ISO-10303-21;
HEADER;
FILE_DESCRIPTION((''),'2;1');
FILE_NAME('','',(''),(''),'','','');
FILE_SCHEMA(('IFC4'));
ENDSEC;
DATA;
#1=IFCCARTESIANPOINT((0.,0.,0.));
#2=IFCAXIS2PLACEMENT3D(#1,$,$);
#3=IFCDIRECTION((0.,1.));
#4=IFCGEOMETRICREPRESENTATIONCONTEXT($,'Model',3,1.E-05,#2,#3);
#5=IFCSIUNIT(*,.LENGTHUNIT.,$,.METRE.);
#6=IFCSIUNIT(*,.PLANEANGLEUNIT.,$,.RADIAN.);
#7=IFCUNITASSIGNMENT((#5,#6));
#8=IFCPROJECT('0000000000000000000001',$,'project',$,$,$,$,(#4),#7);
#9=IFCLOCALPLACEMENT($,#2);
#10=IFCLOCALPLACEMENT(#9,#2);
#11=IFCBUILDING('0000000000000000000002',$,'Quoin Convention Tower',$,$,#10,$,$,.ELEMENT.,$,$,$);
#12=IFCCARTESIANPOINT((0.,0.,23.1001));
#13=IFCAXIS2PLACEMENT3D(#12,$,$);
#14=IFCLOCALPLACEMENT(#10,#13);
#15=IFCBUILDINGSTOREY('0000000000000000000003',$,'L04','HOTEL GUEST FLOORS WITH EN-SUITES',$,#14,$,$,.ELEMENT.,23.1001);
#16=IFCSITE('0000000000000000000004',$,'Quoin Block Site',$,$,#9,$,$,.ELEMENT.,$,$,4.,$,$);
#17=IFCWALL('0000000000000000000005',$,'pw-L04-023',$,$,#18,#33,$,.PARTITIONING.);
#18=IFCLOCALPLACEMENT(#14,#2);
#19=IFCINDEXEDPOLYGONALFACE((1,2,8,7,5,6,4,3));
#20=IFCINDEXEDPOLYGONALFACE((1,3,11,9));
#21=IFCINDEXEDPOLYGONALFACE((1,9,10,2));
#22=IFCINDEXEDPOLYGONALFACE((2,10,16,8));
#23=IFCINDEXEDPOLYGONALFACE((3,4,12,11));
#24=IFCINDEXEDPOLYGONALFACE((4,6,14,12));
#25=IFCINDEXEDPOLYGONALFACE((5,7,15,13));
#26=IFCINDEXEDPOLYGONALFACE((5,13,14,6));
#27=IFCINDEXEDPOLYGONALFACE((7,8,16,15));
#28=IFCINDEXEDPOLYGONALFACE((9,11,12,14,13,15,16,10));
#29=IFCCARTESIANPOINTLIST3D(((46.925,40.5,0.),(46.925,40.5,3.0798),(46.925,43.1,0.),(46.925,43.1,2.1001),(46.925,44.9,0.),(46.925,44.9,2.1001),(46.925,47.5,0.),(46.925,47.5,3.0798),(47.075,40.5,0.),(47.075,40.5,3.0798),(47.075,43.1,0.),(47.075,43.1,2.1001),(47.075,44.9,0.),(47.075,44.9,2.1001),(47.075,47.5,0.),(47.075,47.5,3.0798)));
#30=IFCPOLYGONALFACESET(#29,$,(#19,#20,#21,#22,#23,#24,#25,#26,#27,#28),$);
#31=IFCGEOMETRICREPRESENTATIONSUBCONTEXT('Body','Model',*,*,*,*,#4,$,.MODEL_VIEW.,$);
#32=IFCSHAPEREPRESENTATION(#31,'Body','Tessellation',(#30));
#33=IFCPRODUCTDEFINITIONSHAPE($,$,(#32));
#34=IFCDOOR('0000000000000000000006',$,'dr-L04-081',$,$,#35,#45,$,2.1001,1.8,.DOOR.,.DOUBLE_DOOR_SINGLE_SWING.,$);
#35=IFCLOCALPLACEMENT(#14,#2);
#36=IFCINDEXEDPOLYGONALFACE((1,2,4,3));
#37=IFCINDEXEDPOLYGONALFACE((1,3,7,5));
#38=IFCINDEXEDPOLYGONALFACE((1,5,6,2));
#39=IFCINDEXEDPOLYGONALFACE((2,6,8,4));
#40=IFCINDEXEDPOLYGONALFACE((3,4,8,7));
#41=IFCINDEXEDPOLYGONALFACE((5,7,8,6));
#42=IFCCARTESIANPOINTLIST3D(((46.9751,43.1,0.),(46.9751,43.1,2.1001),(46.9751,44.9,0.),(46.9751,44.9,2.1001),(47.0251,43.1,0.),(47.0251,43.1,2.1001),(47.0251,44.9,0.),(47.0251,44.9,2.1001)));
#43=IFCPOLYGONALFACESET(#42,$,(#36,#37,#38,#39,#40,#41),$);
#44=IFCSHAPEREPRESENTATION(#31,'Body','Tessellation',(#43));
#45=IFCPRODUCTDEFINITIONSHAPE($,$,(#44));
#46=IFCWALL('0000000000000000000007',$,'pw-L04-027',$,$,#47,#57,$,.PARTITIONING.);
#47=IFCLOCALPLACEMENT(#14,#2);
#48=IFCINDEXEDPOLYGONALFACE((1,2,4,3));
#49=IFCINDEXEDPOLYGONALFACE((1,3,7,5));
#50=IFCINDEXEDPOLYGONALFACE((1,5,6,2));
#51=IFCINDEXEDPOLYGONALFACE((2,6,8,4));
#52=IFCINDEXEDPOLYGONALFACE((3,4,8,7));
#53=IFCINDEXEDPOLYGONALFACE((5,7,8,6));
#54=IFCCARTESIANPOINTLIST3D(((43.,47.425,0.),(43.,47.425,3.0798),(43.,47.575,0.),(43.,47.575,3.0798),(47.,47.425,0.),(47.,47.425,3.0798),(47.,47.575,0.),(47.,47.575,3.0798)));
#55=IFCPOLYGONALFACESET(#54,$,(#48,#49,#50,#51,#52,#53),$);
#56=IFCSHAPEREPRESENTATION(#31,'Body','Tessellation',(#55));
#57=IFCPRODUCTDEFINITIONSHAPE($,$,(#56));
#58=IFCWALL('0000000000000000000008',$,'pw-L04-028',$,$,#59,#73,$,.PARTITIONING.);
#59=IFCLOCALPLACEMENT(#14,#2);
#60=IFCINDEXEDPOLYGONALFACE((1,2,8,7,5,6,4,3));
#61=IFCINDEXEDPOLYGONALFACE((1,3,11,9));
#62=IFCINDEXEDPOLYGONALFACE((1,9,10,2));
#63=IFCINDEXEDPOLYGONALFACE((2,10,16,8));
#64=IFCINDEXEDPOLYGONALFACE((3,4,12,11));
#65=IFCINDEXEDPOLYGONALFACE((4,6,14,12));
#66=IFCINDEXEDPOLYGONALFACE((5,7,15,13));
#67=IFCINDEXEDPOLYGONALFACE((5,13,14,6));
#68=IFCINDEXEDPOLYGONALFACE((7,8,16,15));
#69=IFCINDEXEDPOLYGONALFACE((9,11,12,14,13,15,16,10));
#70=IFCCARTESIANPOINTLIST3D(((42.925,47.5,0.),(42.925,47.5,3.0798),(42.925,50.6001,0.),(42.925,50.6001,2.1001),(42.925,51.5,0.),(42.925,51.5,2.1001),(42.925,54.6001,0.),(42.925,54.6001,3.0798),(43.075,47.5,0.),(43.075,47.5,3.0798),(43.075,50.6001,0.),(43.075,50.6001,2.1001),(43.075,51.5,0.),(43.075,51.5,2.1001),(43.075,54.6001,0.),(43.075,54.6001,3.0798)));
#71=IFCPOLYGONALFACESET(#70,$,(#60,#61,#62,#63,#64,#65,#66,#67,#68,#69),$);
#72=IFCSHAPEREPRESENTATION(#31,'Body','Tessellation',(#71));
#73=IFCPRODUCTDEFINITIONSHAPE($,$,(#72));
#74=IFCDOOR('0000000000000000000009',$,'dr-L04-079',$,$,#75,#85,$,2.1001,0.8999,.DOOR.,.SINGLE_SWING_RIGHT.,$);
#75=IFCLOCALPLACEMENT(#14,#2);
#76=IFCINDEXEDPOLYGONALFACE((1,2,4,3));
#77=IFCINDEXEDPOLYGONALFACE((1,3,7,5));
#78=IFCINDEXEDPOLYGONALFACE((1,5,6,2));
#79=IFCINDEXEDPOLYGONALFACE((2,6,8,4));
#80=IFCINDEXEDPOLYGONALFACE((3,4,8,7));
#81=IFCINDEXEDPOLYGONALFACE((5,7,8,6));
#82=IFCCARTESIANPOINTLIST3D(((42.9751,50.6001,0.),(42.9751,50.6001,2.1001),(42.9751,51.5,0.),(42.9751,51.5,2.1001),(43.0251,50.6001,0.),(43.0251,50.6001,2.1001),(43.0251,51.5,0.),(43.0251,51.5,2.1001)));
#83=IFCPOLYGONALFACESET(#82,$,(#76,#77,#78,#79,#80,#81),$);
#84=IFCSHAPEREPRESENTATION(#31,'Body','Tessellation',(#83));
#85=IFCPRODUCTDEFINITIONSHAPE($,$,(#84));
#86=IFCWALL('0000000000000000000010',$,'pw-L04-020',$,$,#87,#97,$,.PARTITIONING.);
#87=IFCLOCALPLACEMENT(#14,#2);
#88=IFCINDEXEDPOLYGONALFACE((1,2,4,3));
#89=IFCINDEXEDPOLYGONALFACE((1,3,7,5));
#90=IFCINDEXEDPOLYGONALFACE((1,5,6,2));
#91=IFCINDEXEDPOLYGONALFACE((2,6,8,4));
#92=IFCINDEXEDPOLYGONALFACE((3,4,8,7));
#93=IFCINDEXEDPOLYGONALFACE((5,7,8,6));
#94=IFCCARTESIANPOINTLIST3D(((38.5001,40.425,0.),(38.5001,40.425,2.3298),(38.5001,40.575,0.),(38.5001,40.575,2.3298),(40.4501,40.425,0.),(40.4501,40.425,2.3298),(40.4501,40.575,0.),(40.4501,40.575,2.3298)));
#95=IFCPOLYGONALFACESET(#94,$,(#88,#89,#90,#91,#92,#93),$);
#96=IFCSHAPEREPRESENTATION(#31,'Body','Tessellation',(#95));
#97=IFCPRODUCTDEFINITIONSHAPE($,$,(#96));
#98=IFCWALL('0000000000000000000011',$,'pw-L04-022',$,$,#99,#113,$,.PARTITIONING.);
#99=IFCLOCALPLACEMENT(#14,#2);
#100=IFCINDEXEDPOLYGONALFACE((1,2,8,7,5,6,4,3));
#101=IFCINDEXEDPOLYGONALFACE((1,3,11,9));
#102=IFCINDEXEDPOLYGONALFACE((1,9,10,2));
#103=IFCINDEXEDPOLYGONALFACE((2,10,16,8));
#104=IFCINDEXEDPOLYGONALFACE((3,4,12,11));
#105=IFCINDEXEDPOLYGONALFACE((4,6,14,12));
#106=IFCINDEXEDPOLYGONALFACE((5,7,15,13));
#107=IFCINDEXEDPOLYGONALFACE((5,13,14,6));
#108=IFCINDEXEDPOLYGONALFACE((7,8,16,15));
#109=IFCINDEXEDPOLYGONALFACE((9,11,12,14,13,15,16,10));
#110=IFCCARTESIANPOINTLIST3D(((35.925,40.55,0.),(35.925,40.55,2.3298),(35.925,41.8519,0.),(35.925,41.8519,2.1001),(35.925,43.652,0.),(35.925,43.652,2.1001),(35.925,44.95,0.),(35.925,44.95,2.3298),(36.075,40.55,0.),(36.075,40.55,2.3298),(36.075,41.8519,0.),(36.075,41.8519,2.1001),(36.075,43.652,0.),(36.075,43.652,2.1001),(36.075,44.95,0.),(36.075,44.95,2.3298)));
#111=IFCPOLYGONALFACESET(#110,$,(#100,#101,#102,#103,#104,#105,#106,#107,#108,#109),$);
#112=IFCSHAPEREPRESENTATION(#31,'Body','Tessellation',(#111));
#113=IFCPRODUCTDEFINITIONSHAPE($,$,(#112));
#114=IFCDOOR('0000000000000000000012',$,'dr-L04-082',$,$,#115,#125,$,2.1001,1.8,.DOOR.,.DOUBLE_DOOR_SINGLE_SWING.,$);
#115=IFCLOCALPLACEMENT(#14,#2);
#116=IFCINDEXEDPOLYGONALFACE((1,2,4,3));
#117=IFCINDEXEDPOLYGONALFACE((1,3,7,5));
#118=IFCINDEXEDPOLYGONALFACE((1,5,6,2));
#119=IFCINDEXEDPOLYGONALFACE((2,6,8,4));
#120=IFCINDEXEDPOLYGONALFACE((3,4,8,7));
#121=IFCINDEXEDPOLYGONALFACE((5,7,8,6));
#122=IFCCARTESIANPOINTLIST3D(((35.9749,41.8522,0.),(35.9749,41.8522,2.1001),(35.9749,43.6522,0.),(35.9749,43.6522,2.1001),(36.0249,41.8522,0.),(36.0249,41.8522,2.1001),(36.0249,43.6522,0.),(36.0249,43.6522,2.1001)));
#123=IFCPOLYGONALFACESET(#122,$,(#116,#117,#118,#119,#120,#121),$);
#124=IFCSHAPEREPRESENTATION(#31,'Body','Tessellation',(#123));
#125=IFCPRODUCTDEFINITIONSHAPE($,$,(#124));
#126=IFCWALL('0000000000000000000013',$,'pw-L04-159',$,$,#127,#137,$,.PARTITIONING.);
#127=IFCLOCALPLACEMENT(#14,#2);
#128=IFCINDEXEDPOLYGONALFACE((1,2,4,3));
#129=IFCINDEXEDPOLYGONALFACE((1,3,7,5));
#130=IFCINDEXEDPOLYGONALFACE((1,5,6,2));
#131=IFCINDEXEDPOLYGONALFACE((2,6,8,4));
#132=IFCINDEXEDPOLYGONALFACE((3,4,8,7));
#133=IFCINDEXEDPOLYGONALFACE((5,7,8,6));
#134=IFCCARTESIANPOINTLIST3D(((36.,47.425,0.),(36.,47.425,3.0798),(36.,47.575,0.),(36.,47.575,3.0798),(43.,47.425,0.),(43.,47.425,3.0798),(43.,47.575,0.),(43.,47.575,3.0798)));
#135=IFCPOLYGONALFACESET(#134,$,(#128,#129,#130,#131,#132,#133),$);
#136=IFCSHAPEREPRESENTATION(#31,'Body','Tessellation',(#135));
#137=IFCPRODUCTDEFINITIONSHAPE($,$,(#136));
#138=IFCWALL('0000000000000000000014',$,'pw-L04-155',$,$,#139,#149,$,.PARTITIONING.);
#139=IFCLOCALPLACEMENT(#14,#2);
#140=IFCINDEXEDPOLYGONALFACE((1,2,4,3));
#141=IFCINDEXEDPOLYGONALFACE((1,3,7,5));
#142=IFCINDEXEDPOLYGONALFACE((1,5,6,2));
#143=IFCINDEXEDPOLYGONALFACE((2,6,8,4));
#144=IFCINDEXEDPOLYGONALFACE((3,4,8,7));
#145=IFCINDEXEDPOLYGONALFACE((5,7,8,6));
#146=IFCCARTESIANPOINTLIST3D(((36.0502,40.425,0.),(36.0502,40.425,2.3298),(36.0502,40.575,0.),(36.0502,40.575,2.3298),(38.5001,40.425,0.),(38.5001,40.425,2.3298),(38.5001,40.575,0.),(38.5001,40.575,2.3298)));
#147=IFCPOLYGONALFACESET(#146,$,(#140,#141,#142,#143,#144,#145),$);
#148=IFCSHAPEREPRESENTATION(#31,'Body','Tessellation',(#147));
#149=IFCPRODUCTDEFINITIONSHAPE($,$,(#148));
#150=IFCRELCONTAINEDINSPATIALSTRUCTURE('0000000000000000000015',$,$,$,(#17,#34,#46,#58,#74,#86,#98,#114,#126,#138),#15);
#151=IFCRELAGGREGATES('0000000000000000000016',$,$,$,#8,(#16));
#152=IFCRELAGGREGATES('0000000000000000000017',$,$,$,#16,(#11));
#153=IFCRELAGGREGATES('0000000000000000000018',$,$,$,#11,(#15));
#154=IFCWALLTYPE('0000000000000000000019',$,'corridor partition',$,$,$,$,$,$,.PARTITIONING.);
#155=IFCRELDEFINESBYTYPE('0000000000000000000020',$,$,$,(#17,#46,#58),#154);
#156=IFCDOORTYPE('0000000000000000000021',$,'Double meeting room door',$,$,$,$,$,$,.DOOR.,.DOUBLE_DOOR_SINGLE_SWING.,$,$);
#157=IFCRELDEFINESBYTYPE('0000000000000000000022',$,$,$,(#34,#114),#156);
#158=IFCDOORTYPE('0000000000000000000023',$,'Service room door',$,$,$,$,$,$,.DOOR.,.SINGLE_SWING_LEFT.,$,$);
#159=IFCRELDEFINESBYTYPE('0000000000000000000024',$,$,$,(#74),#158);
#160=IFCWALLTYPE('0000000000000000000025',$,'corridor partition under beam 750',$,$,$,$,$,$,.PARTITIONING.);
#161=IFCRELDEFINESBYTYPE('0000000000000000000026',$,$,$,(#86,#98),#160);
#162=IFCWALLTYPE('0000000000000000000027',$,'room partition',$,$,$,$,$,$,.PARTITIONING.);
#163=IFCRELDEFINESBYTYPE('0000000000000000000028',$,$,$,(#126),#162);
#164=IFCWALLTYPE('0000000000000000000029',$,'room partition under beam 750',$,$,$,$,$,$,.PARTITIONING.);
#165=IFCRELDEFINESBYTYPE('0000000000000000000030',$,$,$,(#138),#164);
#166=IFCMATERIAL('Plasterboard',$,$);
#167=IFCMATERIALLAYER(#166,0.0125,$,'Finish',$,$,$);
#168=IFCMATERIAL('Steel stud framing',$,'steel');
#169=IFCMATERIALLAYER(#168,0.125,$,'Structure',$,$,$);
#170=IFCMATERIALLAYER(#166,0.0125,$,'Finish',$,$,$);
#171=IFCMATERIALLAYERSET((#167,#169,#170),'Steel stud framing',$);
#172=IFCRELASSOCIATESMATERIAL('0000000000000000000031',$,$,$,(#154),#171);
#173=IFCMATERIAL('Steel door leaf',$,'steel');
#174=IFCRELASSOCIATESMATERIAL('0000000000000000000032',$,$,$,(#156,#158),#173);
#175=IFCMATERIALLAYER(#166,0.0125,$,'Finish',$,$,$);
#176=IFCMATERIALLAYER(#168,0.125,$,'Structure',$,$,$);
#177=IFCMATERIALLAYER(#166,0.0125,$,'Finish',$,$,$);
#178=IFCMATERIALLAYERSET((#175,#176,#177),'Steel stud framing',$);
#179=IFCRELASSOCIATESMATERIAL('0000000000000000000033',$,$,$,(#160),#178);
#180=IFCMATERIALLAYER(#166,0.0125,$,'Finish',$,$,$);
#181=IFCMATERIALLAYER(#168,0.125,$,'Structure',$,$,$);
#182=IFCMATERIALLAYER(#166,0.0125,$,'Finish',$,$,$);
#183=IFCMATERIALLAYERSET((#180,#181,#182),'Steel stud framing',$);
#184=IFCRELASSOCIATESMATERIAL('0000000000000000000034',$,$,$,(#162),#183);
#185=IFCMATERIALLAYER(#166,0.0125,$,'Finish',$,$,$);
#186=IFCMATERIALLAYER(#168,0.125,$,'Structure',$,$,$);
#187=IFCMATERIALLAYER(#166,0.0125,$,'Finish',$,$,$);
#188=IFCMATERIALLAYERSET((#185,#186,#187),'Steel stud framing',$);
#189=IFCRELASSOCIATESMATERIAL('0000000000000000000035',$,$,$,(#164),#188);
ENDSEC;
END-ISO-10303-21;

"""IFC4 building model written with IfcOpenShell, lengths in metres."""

from ifc_helpers import new_model, si_unit, direction, frame, frame_2d, origin, place, context, subcontext, project, spatial, rectangle, extrude, material, layer, layer_set, type_object, element, fill, save


model = new_model("IFC4")

# Units and contexts
model_context = context("Model", 3, precision=1e-05, world=origin(), true_north=direction((0.0, 1.0)))
body_context = subcontext(model_context, "Body", "Model", "MODEL_VIEW")
ifc_project = project(units=[si_unit("LENGTHUNIT", "METRE"), si_unit("PLANEANGLEUNIT", "RADIAN")], contexts=[model_context])

# Site, building, storey
site_placement = place(None, origin())
site = spatial("IfcSite", under=ifc_project, at=site_placement, Name="Quoin Block Site", CompositionType="ELEMENT", RefElevation=4.0)
building_placement = place(site_placement, origin())
building = spatial("IfcBuilding", under=site, at=building_placement, Name="Quoin Convention Tower", CompositionType="ELEMENT")
storey_placement = place(building_placement, frame((0.0, 0.0, 23.1001)))
storey = spatial("IfcBuildingStorey", under=building, at=storey_placement, Name="L04", Description="HOTEL GUEST FLOORS WITH EN-SUITES", CompositionType="ELEMENT", Elevation=23.1001)

# Wall, opening, door
ifc_material_1 = material(Name="Steel door leaf", Category="steel")
ifc_material_2 = material(Name="Plasterboard")
ifc_layer_1 = layer(ifc_material_2, 0.0125, Name="Finish")
ifc_material_3 = material(Name="Steel stud framing", Category="steel")
ifc_layer_2 = layer(ifc_material_3, 0.125, Name="Structure")
ifc_layer_3 = layer(ifc_material_2, 0.0125, Name="Finish")
ifc_layer_set_1 = layer_set([ifc_layer_1, ifc_layer_2, ifc_layer_3], Name="Steel stud framing")
wall_type_1 = type_object("IfcWallType", Name="corridor partition", PredefinedType="PARTITIONING", material=ifc_layer_set_1)
wall_1_placement = place(storey_placement, frame((47.0, 40.5, 0.0), z_axis=(0.0, 0.0, 1.0), x_axis=(0.0, 1.0, 0.0)))
wall_1 = element("IfcWall", 1, at=wall_1_placement, inside=storey, type_object=wall_type_1, Name="pw-L04-023", PredefinedType="PARTITIONING", context=body_context, shape_type="SweptSolid", body=[
    extrude(rectangle(XDim=7.0, YDim=0.1499, at=frame_2d((3.5, 0.0))), origin(), (0.0, 0.0, 1.0), 3.0798),
])
opening_1_placement = place(wall_1_placement, frame((2.6001, 0.0, 0.0)))
opening_1 = element("IfcOpeningElement", 2, at=opening_1_placement, cuts=wall_1, PredefinedType="OPENING", context=body_context, shape_type="SweptSolid", body=[
    extrude(rectangle(XDim=1.8, YDim=2.1001, at=frame_2d((0.8999, 1.05))), frame((0.0, 0.085, 0.0), z_axis=(0.0, -1.0, 0.0), x_axis=(1.0, 0.0, 0.0)), (0.0, 0.0, 1.0), 0.1699),
])
door_type_1 = type_object("IfcDoorType", Name="Double meeting room door", OperationType="DOUBLE_DOOR_SINGLE_SWING", PredefinedType="DOOR", material=ifc_material_1)
door_1_placement = place(opening_1_placement, origin())
door_1 = element("IfcDoor", 3, at=door_1_placement, inside=storey, type_object=door_type_1, Name="dr-L04-081", OperationType="DOUBLE_DOOR_SINGLE_SWING", OverallHeight=2.1001, OverallWidth=1.8, PredefinedType="DOOR", context=body_context, shape_type="SweptSolid", body=[
    extrude(rectangle(XDim=1.8, YDim=2.1001, at=frame_2d((0.8999, 1.05))), frame((0.0, 0.0249, 0.0), z_axis=(0.0, -1.0, 0.0), x_axis=(1.0, 0.0, 0.0)), (0.0, 0.0, 1.0), 0.05),
])
fill(opening_1, door_1)

# Wall
wall_2_placement = place(storey_placement, frame((43.0, 47.5, 0.0), z_axis=(0.0, 0.0, 1.0), x_axis=(1.0, 0.0, 0.0)))
element("IfcWall", 4, at=wall_2_placement, inside=storey, type_object=wall_type_1, Name="pw-L04-027", PredefinedType="PARTITIONING", context=body_context, shape_type="SweptSolid", body=[
    extrude(rectangle(XDim=4.0, YDim=0.1499, at=frame_2d((2.0, 0.0))), origin(), (0.0, 0.0, 1.0), 3.0798),
])

# Wall, opening, door
wall_3_placement = place(storey_placement, frame((43.0, 47.5, 0.0), z_axis=(0.0, 0.0, 1.0), x_axis=(0.0, 1.0, 0.0)))
wall_3 = element("IfcWall", 5, at=wall_3_placement, inside=storey, type_object=wall_type_1, Name="pw-L04-028", PredefinedType="PARTITIONING", context=body_context, shape_type="SweptSolid", body=[
    extrude(rectangle(XDim=7.1001, YDim=0.1499, at=frame_2d((3.55, 0.0))), origin(), (0.0, 0.0, 1.0), 3.0798),
])
opening_2_placement = place(wall_3_placement, frame((3.1001, 0.0, 0.0)))
opening_2 = element("IfcOpeningElement", 6, at=opening_2_placement, cuts=wall_3, PredefinedType="OPENING", context=body_context, shape_type="SweptSolid", body=[
    extrude(rectangle(XDim=0.8999, YDim=2.1001, at=frame_2d((0.45, 1.05))), frame((0.0, 0.085, 0.0), z_axis=(0.0, -1.0, 0.0), x_axis=(1.0, 0.0, 0.0)), (0.0, 0.0, 1.0), 0.1699),
])
door_type_2 = type_object("IfcDoorType", Name="Service room door", OperationType="SINGLE_SWING_LEFT", PredefinedType="DOOR", material=ifc_material_1)
door_2_placement = place(opening_2_placement, origin())
door_2 = element("IfcDoor", 7, at=door_2_placement, inside=storey, type_object=door_type_2, Name="dr-L04-079", OperationType="SINGLE_SWING_RIGHT", OverallHeight=2.1001, OverallWidth=0.8999, PredefinedType="DOOR", context=body_context, shape_type="SweptSolid", body=[
    extrude(rectangle(XDim=0.8999, YDim=2.1001, at=frame_2d((0.45, 1.05))), frame((0.0, 0.0249, 0.0), z_axis=(0.0, -1.0, 0.0), x_axis=(1.0, 0.0, 0.0)), (0.0, 0.0, 1.0), 0.05),
])
fill(opening_2, door_2)

# Wall
ifc_layer_4 = layer(ifc_material_2, 0.0125, Name="Finish")
ifc_layer_5 = layer(ifc_material_3, 0.125, Name="Structure")
ifc_layer_6 = layer(ifc_material_2, 0.0125, Name="Finish")
ifc_layer_set_2 = layer_set([ifc_layer_4, ifc_layer_5, ifc_layer_6], Name="Steel stud framing")
wall_type_2 = type_object("IfcWallType", Name="corridor partition under beam 750", PredefinedType="PARTITIONING", material=ifc_layer_set_2)
wall_4_placement = place(storey_placement, frame((38.5, 40.5, 0.0), z_axis=(0.0, 0.0, 1.0), x_axis=(1.0, 0.0, 0.0)))
element("IfcWall", 8, at=wall_4_placement, inside=storey, type_object=wall_type_2, Name="pw-L04-020", PredefinedType="PARTITIONING", context=body_context, shape_type="SweptSolid", body=[
    extrude(rectangle(XDim=1.95, YDim=0.1499, at=frame_2d((0.9751, 0.0))), origin(), (0.0, 0.0, 1.0), 2.3298),
])

# Wall, opening, door
wall_5_placement = place(storey_placement, frame((36.0, 40.55, 0.0), z_axis=(0.0, 0.0, 1.0), x_axis=(0.0, 1.0, 0.0)))
wall_5 = element("IfcWall", 9, at=wall_5_placement, inside=storey, type_object=wall_type_2, Name="pw-L04-022", PredefinedType="PARTITIONING", context=body_context, shape_type="SweptSolid", body=[
    extrude(rectangle(XDim=4.3999, YDim=0.1499, at=frame_2d((2.2, 0.0))), origin(), (0.0, 0.0, 1.0), 2.3298),
])
opening_3_placement = place(wall_5_placement, frame((1.302, 0.0, 0.0)))
opening_3 = element("IfcOpeningElement", 10, at=opening_3_placement, cuts=wall_5, PredefinedType="OPENING", context=body_context, shape_type="SweptSolid", body=[
    extrude(rectangle(XDim=1.8, YDim=2.1001, at=frame_2d((0.8999, 1.05))), frame((0.0, 0.085, 0.0), z_axis=(0.0, -1.0, 0.0), x_axis=(1.0, 0.0, 0.0)), (0.0, 0.0, 1.0), 0.1699),
])
door_3_placement = place(opening_3_placement, frame((1.8, 0.0, 0.0), z_axis=(0.0, 0.0, 1.0), x_axis=(-1.0, 0.0, 0.0)))
door_3 = element("IfcDoor", 11, at=door_3_placement, inside=storey, type_object=door_type_1, Name="dr-L04-082", OperationType="DOUBLE_DOOR_SINGLE_SWING", OverallHeight=2.1001, OverallWidth=1.8, PredefinedType="DOOR", context=body_context, shape_type="SweptSolid", body=[
    extrude(rectangle(XDim=1.8, YDim=2.1001, at=frame_2d((0.8999, 1.05))), frame((0.0, 0.0249, 0.0), z_axis=(0.0, -1.0, 0.0), x_axis=(1.0, 0.0, 0.0)), (0.0, 0.0, 1.0), 0.05),
])
fill(opening_3, door_3)

# Walls
ifc_layer_7 = layer(ifc_material_2, 0.0125, Name="Finish")
ifc_layer_8 = layer(ifc_material_3, 0.125, Name="Structure")
ifc_layer_9 = layer(ifc_material_2, 0.0125, Name="Finish")
ifc_layer_set_3 = layer_set([ifc_layer_7, ifc_layer_8, ifc_layer_9], Name="Steel stud framing")
wall_type_3 = type_object("IfcWallType", Name="room partition", PredefinedType="PARTITIONING", material=ifc_layer_set_3)
wall_6_placement = place(storey_placement, frame((36.0, 47.5, 0.0), z_axis=(0.0, 0.0, 1.0), x_axis=(1.0, 0.0, 0.0)))
element("IfcWall", 12, at=wall_6_placement, inside=storey, type_object=wall_type_3, Name="pw-L04-159", PredefinedType="PARTITIONING", context=body_context, shape_type="SweptSolid", body=[
    extrude(rectangle(XDim=7.0, YDim=0.1499, at=frame_2d((3.5, 0.0))), origin(), (0.0, 0.0, 1.0), 3.0798),
])
ifc_layer_10 = layer(ifc_material_2, 0.0125, Name="Finish")
ifc_layer_11 = layer(ifc_material_3, 0.125, Name="Structure")
ifc_layer_12 = layer(ifc_material_2, 0.0125, Name="Finish")
ifc_layer_set_4 = layer_set([ifc_layer_10, ifc_layer_11, ifc_layer_12], Name="Steel stud framing")
wall_type_4 = type_object("IfcWallType", Name="room partition under beam 750", PredefinedType="PARTITIONING", material=ifc_layer_set_4)
wall_7_placement = place(storey_placement, frame((36.05, 40.5, 0.0), z_axis=(0.0, 0.0, 1.0), x_axis=(1.0, 0.0, 0.0)))
element("IfcWall", 13, at=wall_7_placement, inside=storey, type_object=wall_type_4, Name="pw-L04-155", PredefinedType="PARTITIONING", context=body_context, shape_type="SweptSolid", body=[
    extrude(rectangle(XDim=2.45, YDim=0.1499, at=frame_2d((1.2251, 0.0))), origin(), (0.0, 0.0, 1.0), 2.3298),
])

save(model, "model.ifc")
